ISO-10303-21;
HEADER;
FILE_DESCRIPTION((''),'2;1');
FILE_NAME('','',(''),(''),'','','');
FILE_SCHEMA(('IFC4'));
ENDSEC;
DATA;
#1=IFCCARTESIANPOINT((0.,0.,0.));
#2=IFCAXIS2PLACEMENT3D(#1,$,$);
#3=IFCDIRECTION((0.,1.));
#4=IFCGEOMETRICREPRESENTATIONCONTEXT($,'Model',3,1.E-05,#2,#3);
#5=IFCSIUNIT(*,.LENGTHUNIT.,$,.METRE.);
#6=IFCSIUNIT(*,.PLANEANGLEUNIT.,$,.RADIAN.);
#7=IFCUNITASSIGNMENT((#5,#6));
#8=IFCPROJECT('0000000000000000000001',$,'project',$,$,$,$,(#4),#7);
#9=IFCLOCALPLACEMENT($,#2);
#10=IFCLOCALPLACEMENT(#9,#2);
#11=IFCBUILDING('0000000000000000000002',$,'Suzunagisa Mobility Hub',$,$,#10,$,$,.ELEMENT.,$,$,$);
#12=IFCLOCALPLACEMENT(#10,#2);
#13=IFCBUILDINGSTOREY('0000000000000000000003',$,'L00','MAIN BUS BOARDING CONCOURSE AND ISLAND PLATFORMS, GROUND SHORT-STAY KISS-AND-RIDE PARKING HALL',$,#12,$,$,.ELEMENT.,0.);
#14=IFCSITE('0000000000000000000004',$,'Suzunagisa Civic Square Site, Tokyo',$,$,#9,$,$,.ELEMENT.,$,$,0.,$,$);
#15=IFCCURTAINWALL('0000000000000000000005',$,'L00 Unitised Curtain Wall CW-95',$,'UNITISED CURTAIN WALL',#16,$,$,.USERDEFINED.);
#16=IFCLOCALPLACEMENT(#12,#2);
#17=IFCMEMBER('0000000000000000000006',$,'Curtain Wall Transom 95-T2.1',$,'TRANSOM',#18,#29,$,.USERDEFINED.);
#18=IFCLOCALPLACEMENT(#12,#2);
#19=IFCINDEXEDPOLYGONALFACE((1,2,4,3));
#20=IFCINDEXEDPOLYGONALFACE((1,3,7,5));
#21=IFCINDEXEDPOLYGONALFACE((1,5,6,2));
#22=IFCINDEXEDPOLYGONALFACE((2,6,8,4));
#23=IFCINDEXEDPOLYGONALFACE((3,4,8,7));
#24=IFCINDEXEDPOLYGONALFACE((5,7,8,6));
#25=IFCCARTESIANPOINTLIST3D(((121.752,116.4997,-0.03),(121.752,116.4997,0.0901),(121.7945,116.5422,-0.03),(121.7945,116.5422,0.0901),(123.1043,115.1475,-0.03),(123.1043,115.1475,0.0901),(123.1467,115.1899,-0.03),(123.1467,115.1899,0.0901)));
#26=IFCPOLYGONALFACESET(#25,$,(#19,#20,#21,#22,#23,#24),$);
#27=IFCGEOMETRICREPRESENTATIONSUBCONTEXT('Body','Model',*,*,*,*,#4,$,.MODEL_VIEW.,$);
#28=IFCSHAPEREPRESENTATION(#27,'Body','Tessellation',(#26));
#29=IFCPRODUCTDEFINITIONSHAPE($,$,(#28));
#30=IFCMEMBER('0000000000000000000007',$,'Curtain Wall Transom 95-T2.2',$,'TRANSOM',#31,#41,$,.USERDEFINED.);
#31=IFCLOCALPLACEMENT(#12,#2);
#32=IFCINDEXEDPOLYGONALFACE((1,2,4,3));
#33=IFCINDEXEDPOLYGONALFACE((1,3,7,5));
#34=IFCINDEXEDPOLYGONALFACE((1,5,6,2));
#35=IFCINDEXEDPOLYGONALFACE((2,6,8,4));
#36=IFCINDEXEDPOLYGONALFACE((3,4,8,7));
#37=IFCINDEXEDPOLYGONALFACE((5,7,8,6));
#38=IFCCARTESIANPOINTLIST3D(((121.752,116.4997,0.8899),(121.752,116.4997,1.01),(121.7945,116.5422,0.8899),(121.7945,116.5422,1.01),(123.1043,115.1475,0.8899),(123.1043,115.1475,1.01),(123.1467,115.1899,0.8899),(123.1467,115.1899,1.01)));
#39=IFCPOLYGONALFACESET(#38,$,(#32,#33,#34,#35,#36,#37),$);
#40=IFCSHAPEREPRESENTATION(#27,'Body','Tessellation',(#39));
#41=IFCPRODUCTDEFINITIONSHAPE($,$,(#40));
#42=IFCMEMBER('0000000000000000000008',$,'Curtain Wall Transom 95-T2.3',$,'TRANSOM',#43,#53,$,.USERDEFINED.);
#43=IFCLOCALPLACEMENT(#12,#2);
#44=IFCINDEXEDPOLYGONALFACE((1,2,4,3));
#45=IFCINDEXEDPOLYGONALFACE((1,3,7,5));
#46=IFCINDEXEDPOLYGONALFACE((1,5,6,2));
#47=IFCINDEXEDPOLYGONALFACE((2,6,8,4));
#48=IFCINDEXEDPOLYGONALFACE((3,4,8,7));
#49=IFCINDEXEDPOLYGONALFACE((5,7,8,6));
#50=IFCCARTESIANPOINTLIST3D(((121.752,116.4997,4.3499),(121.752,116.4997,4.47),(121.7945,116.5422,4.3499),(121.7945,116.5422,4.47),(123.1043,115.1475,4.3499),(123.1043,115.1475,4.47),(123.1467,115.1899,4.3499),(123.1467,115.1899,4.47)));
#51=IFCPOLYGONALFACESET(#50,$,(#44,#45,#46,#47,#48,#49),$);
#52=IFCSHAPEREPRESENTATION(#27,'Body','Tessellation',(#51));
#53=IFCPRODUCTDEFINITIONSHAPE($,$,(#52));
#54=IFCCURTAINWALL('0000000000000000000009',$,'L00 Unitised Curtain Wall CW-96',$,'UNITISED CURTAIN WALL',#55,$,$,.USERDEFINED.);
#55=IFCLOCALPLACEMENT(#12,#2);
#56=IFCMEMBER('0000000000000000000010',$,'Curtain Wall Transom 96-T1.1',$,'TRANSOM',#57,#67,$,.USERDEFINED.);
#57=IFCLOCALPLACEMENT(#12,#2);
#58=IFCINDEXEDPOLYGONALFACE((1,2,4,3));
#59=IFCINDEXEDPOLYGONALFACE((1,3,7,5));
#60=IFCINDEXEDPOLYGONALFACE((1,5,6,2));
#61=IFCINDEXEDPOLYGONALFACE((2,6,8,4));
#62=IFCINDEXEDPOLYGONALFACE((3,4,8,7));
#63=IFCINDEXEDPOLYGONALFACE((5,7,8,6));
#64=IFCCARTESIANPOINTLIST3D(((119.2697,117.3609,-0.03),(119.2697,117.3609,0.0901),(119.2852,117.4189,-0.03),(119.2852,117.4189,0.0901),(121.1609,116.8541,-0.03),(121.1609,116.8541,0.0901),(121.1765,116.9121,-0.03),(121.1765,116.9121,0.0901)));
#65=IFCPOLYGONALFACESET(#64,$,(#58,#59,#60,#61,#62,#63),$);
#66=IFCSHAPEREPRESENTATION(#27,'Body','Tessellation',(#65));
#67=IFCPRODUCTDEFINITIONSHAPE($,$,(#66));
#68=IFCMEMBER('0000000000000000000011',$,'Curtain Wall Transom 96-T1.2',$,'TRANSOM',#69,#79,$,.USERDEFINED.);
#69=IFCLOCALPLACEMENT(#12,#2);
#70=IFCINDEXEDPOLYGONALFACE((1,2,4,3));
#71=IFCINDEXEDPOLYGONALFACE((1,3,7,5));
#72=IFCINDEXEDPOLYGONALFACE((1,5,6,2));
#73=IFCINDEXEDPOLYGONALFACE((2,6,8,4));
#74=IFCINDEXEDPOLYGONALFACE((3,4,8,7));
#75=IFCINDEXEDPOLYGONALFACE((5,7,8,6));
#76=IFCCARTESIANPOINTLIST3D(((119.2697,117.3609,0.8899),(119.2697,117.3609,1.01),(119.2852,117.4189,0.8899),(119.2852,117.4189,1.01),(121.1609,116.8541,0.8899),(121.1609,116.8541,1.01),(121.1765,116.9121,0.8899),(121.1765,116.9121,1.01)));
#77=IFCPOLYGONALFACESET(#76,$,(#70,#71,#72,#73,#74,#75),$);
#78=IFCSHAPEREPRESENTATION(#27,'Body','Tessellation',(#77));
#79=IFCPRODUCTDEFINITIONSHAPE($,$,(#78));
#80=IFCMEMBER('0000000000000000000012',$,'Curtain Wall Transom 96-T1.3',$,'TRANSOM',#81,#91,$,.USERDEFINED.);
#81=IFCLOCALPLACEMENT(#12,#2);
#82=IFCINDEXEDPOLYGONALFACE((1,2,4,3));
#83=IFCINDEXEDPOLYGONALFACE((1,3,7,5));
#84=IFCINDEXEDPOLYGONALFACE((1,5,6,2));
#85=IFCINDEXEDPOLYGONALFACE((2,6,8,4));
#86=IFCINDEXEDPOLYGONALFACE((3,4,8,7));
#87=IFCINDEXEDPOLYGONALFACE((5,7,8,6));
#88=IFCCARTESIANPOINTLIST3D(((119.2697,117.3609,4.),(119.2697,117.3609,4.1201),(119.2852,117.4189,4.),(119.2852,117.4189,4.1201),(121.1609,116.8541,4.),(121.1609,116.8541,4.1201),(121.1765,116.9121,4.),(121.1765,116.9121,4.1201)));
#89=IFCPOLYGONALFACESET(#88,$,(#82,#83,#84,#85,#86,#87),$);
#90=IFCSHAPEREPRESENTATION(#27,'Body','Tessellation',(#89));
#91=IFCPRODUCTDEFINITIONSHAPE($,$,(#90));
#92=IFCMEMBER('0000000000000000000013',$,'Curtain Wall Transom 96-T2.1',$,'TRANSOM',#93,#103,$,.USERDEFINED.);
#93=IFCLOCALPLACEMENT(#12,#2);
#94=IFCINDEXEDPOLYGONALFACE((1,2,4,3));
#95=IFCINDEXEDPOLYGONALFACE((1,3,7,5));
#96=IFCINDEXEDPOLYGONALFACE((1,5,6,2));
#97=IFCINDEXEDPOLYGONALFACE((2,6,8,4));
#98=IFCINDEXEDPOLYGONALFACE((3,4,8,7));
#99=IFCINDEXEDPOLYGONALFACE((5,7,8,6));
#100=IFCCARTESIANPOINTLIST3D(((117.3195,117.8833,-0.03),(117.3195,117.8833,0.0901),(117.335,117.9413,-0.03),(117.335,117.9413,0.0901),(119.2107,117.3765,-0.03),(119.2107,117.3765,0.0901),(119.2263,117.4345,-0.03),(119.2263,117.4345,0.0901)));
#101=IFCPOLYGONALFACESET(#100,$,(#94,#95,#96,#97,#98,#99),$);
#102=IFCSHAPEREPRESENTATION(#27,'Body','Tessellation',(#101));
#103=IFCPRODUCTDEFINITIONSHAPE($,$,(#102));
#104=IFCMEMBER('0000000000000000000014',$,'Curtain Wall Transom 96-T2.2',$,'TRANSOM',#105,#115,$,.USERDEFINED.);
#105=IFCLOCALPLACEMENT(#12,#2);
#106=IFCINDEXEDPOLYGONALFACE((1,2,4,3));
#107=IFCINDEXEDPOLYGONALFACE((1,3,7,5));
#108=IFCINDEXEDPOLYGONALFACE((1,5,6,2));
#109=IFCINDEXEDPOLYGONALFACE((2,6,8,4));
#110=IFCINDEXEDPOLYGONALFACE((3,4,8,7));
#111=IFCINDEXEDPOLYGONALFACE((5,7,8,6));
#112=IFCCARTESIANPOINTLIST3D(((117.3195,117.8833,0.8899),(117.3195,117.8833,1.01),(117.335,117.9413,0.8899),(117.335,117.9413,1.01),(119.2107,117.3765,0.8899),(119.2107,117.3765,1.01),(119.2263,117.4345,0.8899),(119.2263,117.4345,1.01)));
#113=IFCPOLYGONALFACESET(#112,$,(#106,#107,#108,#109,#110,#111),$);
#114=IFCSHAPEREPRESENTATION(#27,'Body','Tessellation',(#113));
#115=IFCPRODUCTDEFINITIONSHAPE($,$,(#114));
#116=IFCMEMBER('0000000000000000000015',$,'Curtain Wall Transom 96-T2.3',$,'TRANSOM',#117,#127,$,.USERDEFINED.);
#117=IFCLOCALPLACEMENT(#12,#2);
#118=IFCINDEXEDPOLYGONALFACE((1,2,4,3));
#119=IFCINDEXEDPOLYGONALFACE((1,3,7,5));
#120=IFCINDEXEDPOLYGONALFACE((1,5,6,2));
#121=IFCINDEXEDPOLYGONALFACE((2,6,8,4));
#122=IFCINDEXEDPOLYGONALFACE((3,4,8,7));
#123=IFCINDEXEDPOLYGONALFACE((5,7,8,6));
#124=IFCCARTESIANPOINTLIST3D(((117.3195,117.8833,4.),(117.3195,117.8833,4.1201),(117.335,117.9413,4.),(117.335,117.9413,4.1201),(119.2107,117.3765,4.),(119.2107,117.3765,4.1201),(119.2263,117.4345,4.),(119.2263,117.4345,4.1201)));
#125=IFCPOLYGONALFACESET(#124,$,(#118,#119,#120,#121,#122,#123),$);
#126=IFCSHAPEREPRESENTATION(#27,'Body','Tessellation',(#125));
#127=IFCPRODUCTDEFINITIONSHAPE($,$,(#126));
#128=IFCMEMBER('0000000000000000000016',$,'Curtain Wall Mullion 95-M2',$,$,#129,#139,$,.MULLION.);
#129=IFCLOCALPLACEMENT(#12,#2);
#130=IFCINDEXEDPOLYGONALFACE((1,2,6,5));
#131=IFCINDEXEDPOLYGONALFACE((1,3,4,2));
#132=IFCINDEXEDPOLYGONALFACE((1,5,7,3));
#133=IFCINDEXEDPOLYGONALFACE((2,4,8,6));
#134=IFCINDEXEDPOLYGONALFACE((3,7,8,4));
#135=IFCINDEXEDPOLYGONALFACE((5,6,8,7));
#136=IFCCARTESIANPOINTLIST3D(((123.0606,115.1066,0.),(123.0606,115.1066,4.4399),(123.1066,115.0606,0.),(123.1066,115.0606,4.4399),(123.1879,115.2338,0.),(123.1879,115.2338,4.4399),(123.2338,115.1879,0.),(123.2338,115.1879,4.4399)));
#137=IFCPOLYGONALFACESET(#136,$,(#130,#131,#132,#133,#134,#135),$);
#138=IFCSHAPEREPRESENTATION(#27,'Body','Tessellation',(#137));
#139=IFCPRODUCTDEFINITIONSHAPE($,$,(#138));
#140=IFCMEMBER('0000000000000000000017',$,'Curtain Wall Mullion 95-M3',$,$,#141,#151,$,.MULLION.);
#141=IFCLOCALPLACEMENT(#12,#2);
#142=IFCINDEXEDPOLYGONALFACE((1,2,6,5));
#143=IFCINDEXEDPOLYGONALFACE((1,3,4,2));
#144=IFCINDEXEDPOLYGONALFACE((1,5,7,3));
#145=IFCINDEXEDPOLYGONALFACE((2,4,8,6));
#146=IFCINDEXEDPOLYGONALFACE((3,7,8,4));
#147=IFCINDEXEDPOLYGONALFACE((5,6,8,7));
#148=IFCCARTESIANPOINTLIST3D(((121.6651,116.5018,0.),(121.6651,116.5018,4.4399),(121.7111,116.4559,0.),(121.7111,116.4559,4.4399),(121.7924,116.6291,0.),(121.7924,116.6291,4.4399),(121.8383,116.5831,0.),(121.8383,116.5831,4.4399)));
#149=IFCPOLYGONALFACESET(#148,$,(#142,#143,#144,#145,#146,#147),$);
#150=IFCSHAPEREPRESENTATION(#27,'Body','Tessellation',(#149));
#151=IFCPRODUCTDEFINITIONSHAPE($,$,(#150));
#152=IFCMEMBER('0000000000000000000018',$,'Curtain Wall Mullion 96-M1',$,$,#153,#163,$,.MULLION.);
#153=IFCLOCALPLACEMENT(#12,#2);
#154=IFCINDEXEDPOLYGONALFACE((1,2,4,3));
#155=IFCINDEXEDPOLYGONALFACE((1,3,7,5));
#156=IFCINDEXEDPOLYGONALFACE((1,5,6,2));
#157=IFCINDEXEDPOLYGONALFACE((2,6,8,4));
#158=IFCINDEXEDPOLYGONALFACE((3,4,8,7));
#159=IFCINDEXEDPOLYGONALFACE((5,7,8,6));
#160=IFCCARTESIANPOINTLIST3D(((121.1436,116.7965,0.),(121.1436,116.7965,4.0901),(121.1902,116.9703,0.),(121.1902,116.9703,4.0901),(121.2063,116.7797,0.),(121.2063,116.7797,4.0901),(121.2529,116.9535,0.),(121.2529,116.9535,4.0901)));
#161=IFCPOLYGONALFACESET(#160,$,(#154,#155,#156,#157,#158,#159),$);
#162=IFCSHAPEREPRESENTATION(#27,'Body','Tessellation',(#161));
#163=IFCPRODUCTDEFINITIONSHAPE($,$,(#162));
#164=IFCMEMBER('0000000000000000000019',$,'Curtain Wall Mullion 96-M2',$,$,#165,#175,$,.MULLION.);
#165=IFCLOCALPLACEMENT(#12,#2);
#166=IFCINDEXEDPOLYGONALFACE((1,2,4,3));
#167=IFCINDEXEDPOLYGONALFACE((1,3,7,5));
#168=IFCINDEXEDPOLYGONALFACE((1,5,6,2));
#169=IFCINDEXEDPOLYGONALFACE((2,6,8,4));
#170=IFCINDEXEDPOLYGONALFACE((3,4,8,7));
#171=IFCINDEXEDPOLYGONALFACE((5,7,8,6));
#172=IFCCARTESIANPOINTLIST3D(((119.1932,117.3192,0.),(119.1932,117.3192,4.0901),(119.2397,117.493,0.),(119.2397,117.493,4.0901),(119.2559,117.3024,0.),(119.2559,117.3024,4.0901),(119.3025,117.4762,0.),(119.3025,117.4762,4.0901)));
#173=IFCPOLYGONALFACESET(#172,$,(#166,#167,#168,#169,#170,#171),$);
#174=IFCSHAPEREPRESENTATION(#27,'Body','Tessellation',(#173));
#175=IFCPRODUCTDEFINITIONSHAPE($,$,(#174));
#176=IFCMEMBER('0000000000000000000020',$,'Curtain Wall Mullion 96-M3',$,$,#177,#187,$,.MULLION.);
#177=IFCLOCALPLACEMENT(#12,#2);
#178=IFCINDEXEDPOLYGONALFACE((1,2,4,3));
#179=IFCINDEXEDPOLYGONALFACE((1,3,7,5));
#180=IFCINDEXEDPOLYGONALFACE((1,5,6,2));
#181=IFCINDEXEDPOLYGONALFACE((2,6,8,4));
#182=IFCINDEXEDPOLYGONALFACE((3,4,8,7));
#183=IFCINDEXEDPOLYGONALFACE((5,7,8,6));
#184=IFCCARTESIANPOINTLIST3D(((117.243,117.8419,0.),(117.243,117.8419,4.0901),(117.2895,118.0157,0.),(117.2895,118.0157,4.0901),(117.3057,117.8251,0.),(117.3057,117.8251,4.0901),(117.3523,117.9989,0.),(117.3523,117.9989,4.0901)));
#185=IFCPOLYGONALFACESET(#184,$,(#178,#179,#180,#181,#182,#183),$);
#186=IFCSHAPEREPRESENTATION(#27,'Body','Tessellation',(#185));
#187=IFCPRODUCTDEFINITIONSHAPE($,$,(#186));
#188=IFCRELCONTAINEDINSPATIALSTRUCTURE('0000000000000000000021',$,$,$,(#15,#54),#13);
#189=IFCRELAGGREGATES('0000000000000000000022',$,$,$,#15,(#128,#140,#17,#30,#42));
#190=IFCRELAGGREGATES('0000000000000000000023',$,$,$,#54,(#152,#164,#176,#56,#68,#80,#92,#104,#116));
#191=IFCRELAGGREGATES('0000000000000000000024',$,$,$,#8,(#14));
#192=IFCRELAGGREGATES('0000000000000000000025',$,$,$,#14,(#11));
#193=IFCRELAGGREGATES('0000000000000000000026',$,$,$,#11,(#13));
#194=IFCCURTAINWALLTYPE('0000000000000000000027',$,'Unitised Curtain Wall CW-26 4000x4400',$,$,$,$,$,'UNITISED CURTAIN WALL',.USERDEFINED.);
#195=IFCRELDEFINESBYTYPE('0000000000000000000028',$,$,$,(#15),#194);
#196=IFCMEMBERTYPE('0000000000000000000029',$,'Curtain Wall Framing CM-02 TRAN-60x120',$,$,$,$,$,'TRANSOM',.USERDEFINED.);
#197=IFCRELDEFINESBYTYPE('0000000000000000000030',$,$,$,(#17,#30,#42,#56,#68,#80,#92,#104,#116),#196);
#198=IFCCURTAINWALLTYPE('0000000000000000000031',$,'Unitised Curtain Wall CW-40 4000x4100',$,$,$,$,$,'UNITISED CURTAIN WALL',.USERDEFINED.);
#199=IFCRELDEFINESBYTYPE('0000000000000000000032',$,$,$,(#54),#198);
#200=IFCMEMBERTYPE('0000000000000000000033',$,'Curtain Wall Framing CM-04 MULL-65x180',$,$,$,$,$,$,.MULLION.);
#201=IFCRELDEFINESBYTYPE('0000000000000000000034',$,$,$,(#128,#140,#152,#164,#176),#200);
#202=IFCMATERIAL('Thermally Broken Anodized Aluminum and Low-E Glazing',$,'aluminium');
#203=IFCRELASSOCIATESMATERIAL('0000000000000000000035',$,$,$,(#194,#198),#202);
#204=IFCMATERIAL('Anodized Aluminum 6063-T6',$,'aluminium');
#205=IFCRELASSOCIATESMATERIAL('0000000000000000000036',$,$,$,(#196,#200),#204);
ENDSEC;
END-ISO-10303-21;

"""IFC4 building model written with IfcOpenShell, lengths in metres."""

from ifc_helpers import new_model, si_unit, direction, frame, origin, origin_2d, place, context, subcontext, project, spatial, rectangle, extrude, material, material_profile, profile_set, type_object, element, aggregate, save


model = new_model("IFC4")

# Units and contexts
model_context = context("Model", 3, precision=1e-05, world=origin(), true_north=direction((0.0, 1.0)))
body_context = subcontext(model_context, "Body", "Model", "MODEL_VIEW")
ifc_project = project(units=[si_unit("LENGTHUNIT", "METRE"), si_unit("PLANEANGLEUNIT", "RADIAN")], contexts=[model_context])

# Site, building, storey
site_placement = place(None, origin())
site = spatial("IfcSite", under=ifc_project, at=site_placement, Name="Suzunagisa Civic Square Site, Tokyo", CompositionType="ELEMENT", RefElevation=0.0)
building_placement = place(site_placement, origin())
building = spatial("IfcBuilding", under=site, at=building_placement, Name="Suzunagisa Mobility Hub", CompositionType="ELEMENT")
storey_placement = place(building_placement, origin())
storey = spatial("IfcBuildingStorey", under=building, at=storey_placement, Name="L00", Description="MAIN BUS BOARDING CONCOURSE AND ISLAND PLATFORMS, GROUND SHORT-STAY KISS-AND-RIDE PARKING HALL", CompositionType="ELEMENT", Elevation=0.0)

# Curtain walls, members
ifc_material_1 = material(Name="Thermally Broken Anodized Aluminum and Low-E Glazing", Category="aluminium")
ifc_material_2 = material(Name="Anodized Aluminum 6063-T6", Category="aluminium")
curtain_wall_type_1 = type_object("IfcCurtainWallType", Name="Unitised Curtain Wall CW-26 4000x4400", ElementType="UNITISED CURTAIN WALL", PredefinedType="USERDEFINED", material=ifc_material_1)
curtain_wall_1_placement = place(storey_placement, origin())
curtain_wall_1 = element("IfcCurtainWall", 1, at=curtain_wall_1_placement, inside=storey, type_object=curtain_wall_type_1, Name="L00 Unitised Curtain Wall CW-95", ObjectType="UNITISED CURTAIN WALL", PredefinedType="USERDEFINED")
ifc_material_profile_1 = material_profile(ifc_material_2, rectangle(XDim=0.0601, YDim=0.1201, at=origin_2d()), Name="TRAN-60x120")
ifc_profile_set_1 = profile_set([ifc_material_profile_1], Name="Anodized Aluminum 6063-T6")
member_type_1 = type_object("IfcMemberType", Name="Curtain Wall Framing CM-02 TRAN-60x120", ElementType="TRANSOM", PredefinedType="USERDEFINED", material=ifc_profile_set_1)
member_1_placement = place(storey_placement, frame((123.1255, 115.1687, 0.03), z_axis=(-0.707107, 0.707107, 0.0), x_axis=(-0.707107, -0.707107, 0.0)))
member_1 = element("IfcMember", 2, at=member_1_placement, type_object=member_type_1, Name="Curtain Wall Transom 95-T2.1", ObjectType="TRANSOM", PredefinedType="USERDEFINED", context=body_context, shape_type="SweptSolid", body=[
    extrude(rectangle(XDim=0.0601, YDim=0.1201, at=origin_2d()), origin(), (0.0, 0.0, 1.0), 1.9124),
])
member_2_placement = place(storey_placement, frame((123.1255, 115.1687, 0.95), z_axis=(-0.707107, 0.707107, 0.0), x_axis=(-0.707107, -0.707107, 0.0)))
member_2 = element("IfcMember", 3, at=member_2_placement, type_object=member_type_1, Name="Curtain Wall Transom 95-T2.2", ObjectType="TRANSOM", PredefinedType="USERDEFINED", context=body_context, shape_type="SweptSolid", body=[
    extrude(rectangle(XDim=0.0601, YDim=0.1201, at=origin_2d()), origin(), (0.0, 0.0, 1.0), 1.9124),
])
member_3_placement = place(storey_placement, frame((123.1255, 115.1687, 4.4099), z_axis=(-0.707107, 0.707107, 0.0), x_axis=(-0.707107, -0.707107, 0.0)))
member_3 = element("IfcMember", 4, at=member_3_placement, type_object=member_type_1, Name="Curtain Wall Transom 95-T2.3", ObjectType="TRANSOM", PredefinedType="USERDEFINED", context=body_context, shape_type="SweptSolid", body=[
    extrude(rectangle(XDim=0.0601, YDim=0.1201, at=origin_2d()), origin(), (0.0, 0.0, 1.0), 1.9124),
])
curtain_wall_type_2 = type_object("IfcCurtainWallType", Name="Unitised Curtain Wall CW-40 4000x4100", ElementType="UNITISED CURTAIN WALL", PredefinedType="USERDEFINED", material=ifc_material_1)
curtain_wall_2_placement = place(storey_placement, origin())
curtain_wall_2 = element("IfcCurtainWall", 5, at=curtain_wall_2_placement, inside=storey, type_object=curtain_wall_type_2, Name="L00 Unitised Curtain Wall CW-96", ObjectType="UNITISED CURTAIN WALL", PredefinedType="USERDEFINED")
member_4_placement = place(storey_placement, frame((121.1687, 116.8831, 0.03), z_axis=(-0.96592, 0.258842, 0.0), x_axis=(-0.258842, -0.96592, 0.0)))
member_4 = element("IfcMember", 6, at=member_4_placement, type_object=member_type_1, Name="Curtain Wall Transom 96-T1.1", ObjectType="TRANSOM", PredefinedType="USERDEFINED", context=body_context, shape_type="SweptSolid", body=[
    extrude(rectangle(XDim=0.0601, YDim=0.1201, at=origin_2d()), origin(), (0.0, 0.0, 1.0), 1.958),
])
member_5_placement = place(storey_placement, frame((121.1687, 116.8831, 0.95), z_axis=(-0.96592, 0.258842, 0.0), x_axis=(-0.258842, -0.96592, 0.0)))
member_5 = element("IfcMember", 7, at=member_5_placement, type_object=member_type_1, Name="Curtain Wall Transom 96-T1.2", ObjectType="TRANSOM", PredefinedType="USERDEFINED", context=body_context, shape_type="SweptSolid", body=[
    extrude(rectangle(XDim=0.0601, YDim=0.1201, at=origin_2d()), origin(), (0.0, 0.0, 1.0), 1.958),
])
member_6_placement = place(storey_placement, frame((121.1687, 116.8831, 4.0601), z_axis=(-0.96592, 0.258842, 0.0), x_axis=(-0.258842, -0.96592, 0.0)))
member_6 = element("IfcMember", 8, at=member_6_placement, type_object=member_type_1, Name="Curtain Wall Transom 96-T1.3", ObjectType="TRANSOM", PredefinedType="USERDEFINED", context=body_context, shape_type="SweptSolid", body=[
    extrude(rectangle(XDim=0.0601, YDim=0.1201, at=origin_2d()), origin(), (0.0, 0.0, 1.0), 1.958),
])
member_7_placement = place(storey_placement, frame((119.2185, 117.4055, 0.03), z_axis=(-0.96592, 0.258842, 0.0), x_axis=(-0.258842, -0.96592, 0.0)))
member_7 = element("IfcMember", 9, at=member_7_placement, type_object=member_type_1, Name="Curtain Wall Transom 96-T2.1", ObjectType="TRANSOM", PredefinedType="USERDEFINED", context=body_context, shape_type="SweptSolid", body=[
    extrude(rectangle(XDim=0.0601, YDim=0.1201, at=origin_2d()), origin(), (0.0, 0.0, 1.0), 1.958),
])
member_8_placement = place(storey_placement, frame((119.2185, 117.4055, 0.95), z_axis=(-0.96592, 0.258842, 0.0), x_axis=(-0.258842, -0.96592, 0.0)))
member_8 = element("IfcMember", 10, at=member_8_placement, type_object=member_type_1, Name="Curtain Wall Transom 96-T2.2", ObjectType="TRANSOM", PredefinedType="USERDEFINED", context=body_context, shape_type="SweptSolid", body=[
    extrude(rectangle(XDim=0.0601, YDim=0.1201, at=origin_2d()), origin(), (0.0, 0.0, 1.0), 1.958),
])
member_9_placement = place(storey_placement, frame((119.2185, 117.4055, 4.0601), z_axis=(-0.96592, 0.258842, 0.0), x_axis=(-0.258842, -0.96592, 0.0)))
member_9 = element("IfcMember", 11, at=member_9_placement, type_object=member_type_1, Name="Curtain Wall Transom 96-T2.3", ObjectType="TRANSOM", PredefinedType="USERDEFINED", context=body_context, shape_type="SweptSolid", body=[
    extrude(rectangle(XDim=0.0601, YDim=0.1201, at=origin_2d()), origin(), (0.0, 0.0, 1.0), 1.958),
])

# Members
ifc_material_profile_2 = material_profile(ifc_material_2, rectangle(XDim=0.0649, YDim=0.1799, at=origin_2d()), Name="MULL-65x180")
ifc_profile_set_2 = profile_set([ifc_material_profile_2], Name="Anodized Aluminum 6063-T6")
member_type_2 = type_object("IfcMemberType", Name="Curtain Wall Framing CM-04 MULL-65x180", PredefinedType="MULLION", material=ifc_profile_set_2)
member_10_placement = place(storey_placement, frame((123.1472, 115.1472, 0.0), z_axis=(0.0, 0.0, 1.0), x_axis=(-0.707107, 0.707107, 0.0)))
member_10 = element("IfcMember", 12, at=member_10_placement, type_object=member_type_2, Name="Curtain Wall Mullion 95-M2", PredefinedType="MULLION", context=body_context, shape_type="SweptSolid", body=[
    extrude(rectangle(XDim=0.0649, YDim=0.1799, at=origin_2d()), origin(), (0.0, 0.0, 1.0), 4.4399),
])
member_11_placement = place(storey_placement, frame((121.7517, 116.5425, 0.0), z_axis=(0.0, 0.0, 1.0), x_axis=(-0.707107, 0.707107, 0.0)))
member_11 = element("IfcMember", 13, at=member_11_placement, type_object=member_type_2, Name="Curtain Wall Mullion 95-M3", PredefinedType="MULLION", context=body_context, shape_type="SweptSolid", body=[
    extrude(rectangle(XDim=0.0649, YDim=0.1799, at=origin_2d()), origin(), (0.0, 0.0, 1.0), 4.4399),
])
member_12_placement = place(storey_placement, frame((121.1982, 116.875, 0.0), z_axis=(0.0, 0.0, 1.0), x_axis=(-0.965925, 0.258821, 0.0)))
member_12 = element("IfcMember", 14, at=member_12_placement, type_object=member_type_2, Name="Curtain Wall Mullion 96-M1", PredefinedType="MULLION", context=body_context, shape_type="SweptSolid", body=[
    extrude(rectangle(XDim=0.0649, YDim=0.1799, at=origin_2d()), origin(), (0.0, 0.0, 1.0), 4.0901),
])
member_13_placement = place(storey_placement, frame((119.2478, 117.3977, 0.0), z_axis=(0.0, 0.0, 1.0), x_axis=(-0.965925, 0.258821, 0.0)))
member_13 = element("IfcMember", 15, at=member_13_placement, type_object=member_type_2, Name="Curtain Wall Mullion 96-M2", PredefinedType="MULLION", context=body_context, shape_type="SweptSolid", body=[
    extrude(rectangle(XDim=0.0649, YDim=0.1799, at=origin_2d()), origin(), (0.0, 0.0, 1.0), 4.0901),
])
member_14_placement = place(storey_placement, frame((117.2976, 117.9204, 0.0), z_axis=(0.0, 0.0, 1.0), x_axis=(-0.965925, 0.258821, 0.0)))
member_14 = element("IfcMember", 16, at=member_14_placement, type_object=member_type_2, Name="Curtain Wall Mullion 96-M3", PredefinedType="MULLION", context=body_context, shape_type="SweptSolid", body=[
    extrude(rectangle(XDim=0.0649, YDim=0.1799, at=origin_2d()), origin(), (0.0, 0.0, 1.0), 4.0901),
])

aggregate(curtain_wall_1, [member_10, member_11, member_1, member_2, member_3])
aggregate(curtain_wall_2, [member_12, member_13, member_14, member_4, member_5, member_6, member_7, member_8, member_9])

save(model, "model.ifc")
